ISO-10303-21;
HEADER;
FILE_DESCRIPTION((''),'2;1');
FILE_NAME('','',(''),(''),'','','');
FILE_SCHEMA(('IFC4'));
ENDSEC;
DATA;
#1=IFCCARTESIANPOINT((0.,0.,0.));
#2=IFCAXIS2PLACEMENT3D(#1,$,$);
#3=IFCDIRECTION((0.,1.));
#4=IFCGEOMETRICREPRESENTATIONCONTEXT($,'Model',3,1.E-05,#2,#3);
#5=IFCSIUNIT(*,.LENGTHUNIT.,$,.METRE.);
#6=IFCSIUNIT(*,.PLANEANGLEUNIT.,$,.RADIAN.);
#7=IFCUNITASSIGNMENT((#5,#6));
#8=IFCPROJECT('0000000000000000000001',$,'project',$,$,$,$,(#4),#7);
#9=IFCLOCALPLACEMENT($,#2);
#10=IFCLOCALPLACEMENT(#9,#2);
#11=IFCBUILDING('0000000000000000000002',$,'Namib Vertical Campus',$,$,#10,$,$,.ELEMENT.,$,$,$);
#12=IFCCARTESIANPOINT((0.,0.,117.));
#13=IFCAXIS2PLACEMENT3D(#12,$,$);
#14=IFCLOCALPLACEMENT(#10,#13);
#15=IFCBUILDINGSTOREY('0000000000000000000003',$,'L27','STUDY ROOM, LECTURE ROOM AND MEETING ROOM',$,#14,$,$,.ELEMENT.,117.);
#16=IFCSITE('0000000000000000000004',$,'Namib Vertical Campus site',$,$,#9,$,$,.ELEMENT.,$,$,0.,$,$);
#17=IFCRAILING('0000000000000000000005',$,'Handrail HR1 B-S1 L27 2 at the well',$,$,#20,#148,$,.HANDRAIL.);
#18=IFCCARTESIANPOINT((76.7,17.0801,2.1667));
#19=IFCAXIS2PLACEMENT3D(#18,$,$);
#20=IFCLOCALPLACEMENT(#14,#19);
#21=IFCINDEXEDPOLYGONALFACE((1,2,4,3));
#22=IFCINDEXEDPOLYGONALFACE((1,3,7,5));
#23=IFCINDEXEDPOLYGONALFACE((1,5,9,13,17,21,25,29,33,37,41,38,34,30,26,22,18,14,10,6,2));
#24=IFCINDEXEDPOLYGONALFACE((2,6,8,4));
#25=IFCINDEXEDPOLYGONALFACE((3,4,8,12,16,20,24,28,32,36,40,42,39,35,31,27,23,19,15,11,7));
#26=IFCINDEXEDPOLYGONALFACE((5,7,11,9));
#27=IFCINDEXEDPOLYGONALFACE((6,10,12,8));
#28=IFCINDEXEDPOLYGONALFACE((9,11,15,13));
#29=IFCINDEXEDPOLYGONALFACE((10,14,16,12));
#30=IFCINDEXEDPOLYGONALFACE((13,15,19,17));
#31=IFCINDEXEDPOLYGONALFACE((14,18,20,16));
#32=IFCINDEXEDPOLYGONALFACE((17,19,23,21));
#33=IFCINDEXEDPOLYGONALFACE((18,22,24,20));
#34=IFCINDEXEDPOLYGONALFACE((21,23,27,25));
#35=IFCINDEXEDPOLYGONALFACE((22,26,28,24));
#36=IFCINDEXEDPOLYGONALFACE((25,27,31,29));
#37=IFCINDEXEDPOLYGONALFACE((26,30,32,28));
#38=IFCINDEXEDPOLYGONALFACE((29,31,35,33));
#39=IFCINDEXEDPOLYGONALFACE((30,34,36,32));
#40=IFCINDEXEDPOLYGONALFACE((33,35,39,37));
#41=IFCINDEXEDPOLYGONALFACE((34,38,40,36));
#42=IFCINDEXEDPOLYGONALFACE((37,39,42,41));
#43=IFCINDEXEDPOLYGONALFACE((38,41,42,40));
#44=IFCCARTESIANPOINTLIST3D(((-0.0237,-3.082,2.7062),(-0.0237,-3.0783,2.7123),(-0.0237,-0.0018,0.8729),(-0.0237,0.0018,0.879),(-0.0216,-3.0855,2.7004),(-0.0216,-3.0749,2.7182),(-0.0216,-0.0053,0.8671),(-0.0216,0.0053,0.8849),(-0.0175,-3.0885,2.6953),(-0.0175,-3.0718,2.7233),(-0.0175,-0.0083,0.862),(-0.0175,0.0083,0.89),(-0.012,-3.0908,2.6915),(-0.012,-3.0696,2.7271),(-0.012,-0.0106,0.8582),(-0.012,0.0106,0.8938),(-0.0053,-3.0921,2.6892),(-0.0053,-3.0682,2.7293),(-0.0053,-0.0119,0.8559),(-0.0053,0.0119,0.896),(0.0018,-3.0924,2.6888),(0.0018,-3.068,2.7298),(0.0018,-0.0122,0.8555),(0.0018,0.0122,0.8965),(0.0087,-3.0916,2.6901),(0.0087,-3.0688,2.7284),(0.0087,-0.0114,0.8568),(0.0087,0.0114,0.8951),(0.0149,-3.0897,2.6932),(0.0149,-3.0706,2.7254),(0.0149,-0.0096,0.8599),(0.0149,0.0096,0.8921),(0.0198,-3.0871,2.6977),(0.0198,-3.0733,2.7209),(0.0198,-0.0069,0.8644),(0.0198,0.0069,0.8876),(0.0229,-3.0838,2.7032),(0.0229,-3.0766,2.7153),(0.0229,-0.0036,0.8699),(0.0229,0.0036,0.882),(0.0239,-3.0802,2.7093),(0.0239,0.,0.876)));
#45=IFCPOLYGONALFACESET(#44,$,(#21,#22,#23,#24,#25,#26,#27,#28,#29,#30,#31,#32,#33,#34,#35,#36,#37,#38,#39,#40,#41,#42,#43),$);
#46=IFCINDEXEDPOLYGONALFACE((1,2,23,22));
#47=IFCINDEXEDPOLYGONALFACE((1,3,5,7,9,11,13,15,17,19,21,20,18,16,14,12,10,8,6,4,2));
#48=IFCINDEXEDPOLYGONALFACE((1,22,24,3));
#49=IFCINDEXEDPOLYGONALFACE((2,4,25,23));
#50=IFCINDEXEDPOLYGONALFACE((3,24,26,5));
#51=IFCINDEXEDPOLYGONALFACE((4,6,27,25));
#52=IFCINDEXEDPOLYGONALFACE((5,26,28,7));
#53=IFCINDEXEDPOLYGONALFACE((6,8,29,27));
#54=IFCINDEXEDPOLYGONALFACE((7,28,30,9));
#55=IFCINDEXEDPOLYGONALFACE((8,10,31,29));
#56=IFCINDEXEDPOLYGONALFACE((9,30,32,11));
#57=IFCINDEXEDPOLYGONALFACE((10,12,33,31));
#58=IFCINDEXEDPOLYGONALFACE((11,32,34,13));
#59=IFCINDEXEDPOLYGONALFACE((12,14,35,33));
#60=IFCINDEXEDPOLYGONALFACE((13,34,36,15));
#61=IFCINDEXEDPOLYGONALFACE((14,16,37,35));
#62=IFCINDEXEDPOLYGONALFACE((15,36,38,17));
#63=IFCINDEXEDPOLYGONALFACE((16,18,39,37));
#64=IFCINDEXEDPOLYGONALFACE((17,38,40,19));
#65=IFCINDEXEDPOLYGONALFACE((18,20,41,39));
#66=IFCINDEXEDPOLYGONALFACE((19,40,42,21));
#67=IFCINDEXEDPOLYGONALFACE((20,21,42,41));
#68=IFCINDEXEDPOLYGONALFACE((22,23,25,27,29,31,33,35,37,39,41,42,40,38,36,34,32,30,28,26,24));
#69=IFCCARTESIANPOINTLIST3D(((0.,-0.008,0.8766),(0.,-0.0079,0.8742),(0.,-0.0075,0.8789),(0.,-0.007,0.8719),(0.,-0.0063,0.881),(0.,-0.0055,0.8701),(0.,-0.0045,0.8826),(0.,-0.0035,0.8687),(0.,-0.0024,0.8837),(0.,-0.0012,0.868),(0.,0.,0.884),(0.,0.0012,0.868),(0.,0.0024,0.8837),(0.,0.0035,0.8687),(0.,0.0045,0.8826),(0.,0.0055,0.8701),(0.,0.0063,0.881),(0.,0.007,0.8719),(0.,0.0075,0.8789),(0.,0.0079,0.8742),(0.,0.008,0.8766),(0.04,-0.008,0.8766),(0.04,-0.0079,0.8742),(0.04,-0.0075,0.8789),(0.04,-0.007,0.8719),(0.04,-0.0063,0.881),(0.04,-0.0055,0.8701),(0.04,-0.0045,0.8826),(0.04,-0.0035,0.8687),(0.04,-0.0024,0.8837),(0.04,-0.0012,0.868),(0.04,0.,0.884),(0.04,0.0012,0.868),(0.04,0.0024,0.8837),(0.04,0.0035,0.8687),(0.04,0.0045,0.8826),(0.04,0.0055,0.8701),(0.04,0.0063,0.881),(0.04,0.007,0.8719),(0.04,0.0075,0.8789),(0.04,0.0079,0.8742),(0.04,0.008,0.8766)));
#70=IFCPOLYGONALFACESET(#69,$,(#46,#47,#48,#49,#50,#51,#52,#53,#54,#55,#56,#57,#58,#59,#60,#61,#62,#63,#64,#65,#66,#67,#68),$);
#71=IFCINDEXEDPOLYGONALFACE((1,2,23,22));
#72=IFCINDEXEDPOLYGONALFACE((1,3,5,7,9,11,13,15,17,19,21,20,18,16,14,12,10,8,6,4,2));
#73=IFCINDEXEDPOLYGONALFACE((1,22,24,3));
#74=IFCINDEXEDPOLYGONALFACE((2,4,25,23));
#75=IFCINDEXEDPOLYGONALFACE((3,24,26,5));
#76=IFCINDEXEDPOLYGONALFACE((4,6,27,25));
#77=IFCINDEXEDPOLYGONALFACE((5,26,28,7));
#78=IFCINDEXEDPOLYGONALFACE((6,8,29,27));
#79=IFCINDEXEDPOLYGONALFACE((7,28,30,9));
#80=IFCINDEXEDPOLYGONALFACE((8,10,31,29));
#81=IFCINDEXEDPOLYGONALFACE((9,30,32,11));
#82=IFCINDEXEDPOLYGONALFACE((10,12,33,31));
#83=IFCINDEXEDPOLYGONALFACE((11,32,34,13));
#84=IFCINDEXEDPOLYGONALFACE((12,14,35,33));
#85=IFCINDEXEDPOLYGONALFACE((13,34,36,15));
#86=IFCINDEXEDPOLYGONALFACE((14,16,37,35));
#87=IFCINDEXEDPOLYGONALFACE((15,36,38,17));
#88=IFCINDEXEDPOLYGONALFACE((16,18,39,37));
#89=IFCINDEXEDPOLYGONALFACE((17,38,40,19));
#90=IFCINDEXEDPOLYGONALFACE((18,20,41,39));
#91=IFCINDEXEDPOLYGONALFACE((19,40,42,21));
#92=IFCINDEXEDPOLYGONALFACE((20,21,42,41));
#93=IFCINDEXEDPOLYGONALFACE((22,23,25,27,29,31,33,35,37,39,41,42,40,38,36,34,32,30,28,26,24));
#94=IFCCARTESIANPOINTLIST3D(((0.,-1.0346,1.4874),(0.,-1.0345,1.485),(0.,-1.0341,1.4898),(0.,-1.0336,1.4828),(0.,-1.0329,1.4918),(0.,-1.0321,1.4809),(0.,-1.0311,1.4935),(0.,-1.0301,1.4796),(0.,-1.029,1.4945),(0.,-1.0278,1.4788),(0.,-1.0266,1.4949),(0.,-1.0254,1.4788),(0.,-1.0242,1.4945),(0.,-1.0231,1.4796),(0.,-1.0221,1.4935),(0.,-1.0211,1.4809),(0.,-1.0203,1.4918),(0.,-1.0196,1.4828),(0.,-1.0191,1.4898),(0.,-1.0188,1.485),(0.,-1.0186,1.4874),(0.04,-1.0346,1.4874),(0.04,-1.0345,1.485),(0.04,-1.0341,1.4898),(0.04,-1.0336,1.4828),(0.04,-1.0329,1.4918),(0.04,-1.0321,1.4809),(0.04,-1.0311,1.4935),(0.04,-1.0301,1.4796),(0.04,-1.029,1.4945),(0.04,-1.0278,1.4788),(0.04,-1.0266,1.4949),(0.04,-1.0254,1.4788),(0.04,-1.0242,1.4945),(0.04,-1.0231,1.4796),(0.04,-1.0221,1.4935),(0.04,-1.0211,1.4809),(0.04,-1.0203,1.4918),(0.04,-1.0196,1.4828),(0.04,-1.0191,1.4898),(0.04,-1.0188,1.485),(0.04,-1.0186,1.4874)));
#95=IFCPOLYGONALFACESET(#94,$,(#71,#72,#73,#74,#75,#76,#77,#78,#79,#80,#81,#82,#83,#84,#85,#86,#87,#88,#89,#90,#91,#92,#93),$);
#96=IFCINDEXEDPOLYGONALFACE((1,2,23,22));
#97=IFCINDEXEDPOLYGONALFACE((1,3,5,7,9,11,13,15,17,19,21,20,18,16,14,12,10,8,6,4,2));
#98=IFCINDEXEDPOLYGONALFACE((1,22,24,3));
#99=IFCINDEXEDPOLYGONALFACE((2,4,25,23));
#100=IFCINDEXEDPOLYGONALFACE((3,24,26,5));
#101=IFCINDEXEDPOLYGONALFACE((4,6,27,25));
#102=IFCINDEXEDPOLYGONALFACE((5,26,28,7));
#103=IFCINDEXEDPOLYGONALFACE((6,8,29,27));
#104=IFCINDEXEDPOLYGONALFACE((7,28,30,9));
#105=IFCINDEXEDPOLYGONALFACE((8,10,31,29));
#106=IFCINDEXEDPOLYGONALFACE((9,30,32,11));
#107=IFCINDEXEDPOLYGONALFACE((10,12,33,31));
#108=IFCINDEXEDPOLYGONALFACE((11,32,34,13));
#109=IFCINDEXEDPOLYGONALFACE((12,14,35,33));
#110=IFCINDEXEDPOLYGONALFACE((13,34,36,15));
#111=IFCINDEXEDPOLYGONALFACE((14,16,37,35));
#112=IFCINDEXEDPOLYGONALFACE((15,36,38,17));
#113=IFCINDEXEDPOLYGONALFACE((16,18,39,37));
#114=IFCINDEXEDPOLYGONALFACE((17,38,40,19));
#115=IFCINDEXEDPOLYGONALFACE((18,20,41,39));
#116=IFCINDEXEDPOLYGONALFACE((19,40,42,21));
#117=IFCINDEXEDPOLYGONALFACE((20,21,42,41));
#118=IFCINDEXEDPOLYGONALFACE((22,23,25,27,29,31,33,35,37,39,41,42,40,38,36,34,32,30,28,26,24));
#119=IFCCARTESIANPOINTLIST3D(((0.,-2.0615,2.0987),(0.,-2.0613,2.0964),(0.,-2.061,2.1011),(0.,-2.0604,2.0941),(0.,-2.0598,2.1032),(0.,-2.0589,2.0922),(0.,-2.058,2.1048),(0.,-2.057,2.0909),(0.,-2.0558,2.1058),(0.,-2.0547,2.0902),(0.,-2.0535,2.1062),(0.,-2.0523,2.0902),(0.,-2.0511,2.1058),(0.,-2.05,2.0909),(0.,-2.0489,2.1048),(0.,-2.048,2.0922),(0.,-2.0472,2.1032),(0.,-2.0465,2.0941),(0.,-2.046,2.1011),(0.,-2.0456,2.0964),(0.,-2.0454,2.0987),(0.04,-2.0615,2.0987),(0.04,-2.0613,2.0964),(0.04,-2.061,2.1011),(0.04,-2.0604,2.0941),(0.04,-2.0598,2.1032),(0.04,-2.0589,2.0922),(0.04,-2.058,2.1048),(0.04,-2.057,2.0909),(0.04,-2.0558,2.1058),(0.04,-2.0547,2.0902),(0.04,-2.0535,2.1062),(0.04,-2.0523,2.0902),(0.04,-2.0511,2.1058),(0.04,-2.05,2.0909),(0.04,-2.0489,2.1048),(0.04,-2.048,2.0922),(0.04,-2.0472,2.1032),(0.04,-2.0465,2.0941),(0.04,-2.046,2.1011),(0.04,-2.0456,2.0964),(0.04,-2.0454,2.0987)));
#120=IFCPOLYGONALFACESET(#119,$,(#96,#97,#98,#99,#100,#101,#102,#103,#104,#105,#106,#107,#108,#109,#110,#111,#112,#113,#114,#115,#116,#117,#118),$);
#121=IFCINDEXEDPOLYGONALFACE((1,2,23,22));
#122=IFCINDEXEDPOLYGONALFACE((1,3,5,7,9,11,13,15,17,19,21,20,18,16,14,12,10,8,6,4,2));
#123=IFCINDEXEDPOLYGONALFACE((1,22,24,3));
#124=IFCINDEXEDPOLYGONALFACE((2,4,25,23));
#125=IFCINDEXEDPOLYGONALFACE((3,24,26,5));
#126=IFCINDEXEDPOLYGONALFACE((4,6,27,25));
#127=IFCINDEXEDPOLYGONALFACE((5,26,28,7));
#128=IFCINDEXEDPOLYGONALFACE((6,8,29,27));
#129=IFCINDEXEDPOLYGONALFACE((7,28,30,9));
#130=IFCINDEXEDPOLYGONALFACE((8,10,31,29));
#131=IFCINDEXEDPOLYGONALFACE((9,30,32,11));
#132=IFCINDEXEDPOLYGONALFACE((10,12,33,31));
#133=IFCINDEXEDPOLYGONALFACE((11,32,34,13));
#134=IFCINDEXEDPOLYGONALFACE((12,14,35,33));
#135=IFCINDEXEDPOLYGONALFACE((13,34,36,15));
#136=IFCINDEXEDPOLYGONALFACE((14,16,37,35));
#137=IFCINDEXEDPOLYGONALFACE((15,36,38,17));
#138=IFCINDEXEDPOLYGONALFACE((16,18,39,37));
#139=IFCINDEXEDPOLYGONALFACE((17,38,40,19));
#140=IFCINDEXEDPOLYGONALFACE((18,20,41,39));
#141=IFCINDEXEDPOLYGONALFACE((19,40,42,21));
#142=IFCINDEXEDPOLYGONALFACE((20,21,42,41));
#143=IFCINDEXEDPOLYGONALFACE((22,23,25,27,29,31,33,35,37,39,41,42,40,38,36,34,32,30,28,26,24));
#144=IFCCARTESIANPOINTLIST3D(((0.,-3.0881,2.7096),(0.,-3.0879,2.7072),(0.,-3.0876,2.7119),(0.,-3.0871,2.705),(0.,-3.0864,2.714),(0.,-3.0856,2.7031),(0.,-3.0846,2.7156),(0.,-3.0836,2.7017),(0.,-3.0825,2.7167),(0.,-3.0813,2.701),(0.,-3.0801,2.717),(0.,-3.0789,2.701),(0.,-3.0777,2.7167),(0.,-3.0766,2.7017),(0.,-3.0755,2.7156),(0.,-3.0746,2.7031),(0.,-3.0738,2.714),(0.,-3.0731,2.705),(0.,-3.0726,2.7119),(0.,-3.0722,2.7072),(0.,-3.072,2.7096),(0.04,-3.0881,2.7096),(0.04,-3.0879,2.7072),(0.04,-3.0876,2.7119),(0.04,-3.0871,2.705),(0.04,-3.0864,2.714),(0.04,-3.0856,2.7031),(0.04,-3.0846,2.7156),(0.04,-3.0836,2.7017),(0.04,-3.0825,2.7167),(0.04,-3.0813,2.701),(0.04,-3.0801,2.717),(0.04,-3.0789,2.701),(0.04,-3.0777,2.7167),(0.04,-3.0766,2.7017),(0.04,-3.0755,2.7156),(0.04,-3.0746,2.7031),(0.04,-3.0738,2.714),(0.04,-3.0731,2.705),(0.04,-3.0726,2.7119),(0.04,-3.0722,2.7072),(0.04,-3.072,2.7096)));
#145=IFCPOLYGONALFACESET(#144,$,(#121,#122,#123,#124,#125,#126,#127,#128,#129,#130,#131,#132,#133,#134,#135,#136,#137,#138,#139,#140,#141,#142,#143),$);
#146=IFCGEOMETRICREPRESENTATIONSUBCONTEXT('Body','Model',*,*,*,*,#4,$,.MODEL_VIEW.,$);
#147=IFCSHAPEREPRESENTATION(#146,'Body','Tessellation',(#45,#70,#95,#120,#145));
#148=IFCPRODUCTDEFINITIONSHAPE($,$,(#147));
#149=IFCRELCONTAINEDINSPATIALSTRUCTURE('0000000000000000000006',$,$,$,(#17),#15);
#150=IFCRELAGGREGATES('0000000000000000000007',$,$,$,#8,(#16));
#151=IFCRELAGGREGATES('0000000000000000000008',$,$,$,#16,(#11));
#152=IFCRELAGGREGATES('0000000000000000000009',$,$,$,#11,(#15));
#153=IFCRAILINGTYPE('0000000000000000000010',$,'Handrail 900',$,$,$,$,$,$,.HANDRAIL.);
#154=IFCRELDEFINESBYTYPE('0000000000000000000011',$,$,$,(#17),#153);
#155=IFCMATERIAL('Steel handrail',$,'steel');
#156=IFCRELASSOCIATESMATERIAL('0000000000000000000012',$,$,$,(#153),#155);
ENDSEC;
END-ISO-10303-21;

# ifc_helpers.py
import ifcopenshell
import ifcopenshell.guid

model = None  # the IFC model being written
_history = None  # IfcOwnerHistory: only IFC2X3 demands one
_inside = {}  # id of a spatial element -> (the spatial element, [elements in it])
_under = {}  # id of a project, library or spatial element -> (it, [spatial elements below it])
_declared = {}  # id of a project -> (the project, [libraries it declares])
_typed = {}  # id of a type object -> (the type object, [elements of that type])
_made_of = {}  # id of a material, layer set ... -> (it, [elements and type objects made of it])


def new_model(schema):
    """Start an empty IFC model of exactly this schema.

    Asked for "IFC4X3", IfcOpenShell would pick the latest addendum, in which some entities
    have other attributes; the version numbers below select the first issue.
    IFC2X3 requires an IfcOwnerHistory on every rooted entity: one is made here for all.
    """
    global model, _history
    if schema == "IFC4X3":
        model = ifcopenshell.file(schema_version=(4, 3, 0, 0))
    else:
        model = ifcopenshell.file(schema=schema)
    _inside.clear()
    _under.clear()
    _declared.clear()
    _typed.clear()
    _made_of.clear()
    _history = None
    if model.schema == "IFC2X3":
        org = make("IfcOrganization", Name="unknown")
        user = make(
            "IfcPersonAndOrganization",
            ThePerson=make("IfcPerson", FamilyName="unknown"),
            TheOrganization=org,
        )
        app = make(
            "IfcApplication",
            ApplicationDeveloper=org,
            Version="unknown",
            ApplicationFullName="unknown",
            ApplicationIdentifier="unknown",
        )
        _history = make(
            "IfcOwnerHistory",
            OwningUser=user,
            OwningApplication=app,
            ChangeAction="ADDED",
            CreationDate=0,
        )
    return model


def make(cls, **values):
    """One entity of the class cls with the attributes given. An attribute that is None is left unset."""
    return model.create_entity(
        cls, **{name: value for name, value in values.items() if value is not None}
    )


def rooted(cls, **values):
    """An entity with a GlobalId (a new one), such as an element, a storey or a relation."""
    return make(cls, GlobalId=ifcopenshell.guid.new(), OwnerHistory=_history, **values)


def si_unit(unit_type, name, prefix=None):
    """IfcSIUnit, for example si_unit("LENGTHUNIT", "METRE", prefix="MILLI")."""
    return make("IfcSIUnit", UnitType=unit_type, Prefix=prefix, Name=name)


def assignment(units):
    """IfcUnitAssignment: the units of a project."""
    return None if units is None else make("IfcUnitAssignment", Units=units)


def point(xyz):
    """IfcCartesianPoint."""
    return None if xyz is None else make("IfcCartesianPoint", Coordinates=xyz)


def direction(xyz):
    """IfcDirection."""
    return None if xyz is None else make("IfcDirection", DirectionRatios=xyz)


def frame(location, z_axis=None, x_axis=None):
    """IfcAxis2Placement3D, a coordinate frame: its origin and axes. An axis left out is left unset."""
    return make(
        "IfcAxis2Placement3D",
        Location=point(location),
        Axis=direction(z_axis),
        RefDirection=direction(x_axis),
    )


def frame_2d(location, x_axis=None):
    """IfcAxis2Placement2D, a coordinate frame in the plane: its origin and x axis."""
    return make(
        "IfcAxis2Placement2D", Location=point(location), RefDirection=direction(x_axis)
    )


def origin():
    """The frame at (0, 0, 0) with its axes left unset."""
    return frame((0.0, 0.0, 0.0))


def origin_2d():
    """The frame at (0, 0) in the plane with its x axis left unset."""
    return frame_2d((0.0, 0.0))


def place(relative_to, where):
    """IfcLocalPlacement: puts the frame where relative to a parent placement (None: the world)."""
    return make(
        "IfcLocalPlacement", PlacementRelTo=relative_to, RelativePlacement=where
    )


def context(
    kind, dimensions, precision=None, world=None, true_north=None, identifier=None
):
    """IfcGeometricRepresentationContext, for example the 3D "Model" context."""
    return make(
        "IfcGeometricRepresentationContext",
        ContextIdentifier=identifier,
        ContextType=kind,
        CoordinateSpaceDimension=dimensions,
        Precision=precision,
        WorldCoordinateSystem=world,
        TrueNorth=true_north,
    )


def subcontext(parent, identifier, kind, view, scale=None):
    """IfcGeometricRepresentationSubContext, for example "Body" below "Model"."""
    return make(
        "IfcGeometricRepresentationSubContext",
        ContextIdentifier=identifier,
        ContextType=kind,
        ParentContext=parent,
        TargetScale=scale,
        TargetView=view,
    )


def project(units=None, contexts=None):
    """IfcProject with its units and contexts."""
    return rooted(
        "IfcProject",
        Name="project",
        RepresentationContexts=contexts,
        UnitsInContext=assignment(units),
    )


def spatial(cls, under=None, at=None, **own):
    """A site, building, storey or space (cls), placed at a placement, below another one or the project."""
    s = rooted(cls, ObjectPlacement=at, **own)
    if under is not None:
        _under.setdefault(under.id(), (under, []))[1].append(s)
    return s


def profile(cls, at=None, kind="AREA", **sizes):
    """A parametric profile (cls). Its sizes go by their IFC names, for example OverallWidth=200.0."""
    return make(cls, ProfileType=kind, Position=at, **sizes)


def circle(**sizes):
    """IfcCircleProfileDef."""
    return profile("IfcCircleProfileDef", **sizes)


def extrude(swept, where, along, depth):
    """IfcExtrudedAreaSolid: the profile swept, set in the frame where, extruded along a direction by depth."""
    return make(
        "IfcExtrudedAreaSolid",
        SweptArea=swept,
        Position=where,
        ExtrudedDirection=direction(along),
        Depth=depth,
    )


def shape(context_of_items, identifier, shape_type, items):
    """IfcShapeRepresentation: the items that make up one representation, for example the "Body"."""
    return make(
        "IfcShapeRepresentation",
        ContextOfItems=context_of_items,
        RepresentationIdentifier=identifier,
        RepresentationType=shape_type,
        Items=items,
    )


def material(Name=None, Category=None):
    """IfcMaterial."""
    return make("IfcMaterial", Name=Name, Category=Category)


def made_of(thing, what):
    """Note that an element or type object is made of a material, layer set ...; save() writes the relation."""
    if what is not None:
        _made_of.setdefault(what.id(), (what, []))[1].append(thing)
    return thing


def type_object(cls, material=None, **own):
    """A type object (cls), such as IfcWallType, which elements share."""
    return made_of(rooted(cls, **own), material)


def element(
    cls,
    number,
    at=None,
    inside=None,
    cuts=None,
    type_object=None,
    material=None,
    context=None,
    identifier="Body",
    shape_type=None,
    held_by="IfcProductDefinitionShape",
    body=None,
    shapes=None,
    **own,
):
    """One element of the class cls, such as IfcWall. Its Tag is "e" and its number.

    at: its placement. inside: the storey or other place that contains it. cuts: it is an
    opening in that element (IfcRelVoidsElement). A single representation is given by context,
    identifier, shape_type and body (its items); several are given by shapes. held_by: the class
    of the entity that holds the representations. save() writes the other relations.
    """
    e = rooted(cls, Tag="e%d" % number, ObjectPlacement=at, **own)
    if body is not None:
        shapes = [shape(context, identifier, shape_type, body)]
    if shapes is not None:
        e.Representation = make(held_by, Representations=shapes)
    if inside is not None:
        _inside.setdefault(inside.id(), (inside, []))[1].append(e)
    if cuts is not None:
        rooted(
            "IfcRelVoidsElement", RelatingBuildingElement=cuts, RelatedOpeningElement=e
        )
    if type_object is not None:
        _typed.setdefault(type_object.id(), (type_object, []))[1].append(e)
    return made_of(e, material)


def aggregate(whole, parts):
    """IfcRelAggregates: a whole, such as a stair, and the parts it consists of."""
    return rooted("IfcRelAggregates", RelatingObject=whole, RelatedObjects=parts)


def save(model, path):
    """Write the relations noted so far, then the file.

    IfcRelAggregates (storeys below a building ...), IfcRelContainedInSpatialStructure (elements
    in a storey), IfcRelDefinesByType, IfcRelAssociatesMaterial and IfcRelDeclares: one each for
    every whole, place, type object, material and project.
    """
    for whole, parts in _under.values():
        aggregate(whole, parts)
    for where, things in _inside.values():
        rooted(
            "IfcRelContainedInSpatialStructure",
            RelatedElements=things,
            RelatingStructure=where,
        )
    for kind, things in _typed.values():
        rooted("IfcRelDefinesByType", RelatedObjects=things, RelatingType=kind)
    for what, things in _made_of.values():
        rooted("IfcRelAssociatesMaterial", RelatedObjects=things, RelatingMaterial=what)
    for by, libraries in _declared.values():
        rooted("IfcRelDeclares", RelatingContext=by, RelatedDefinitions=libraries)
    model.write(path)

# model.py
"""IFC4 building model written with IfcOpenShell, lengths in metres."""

from ifc_helpers import new_model, si_unit, direction, frame, origin, origin_2d, place, context, subcontext, project, spatial, circle, extrude, material, type_object, element, save


model = new_model("IFC4")

# Units and contexts
model_context = context("Model", 3, precision=1e-05, world=origin(), true_north=direction((0.0, 1.0)))
body_context = subcontext(model_context, "Body", "Model", "MODEL_VIEW")
ifc_project = project(units=[si_unit("LENGTHUNIT", "METRE"), si_unit("PLANEANGLEUNIT", "RADIAN")], contexts=[model_context])

# Site, building, storey
site_placement = place(None, origin())
site = spatial("IfcSite", under=ifc_project, at=site_placement, Name="Namib Vertical Campus site", CompositionType="ELEMENT", RefElevation=0.0)
building_placement = place(site_placement, origin())
building = spatial("IfcBuilding", under=site, at=building_placement, Name="Namib Vertical Campus", CompositionType="ELEMENT")
storey_placement = place(building_placement, frame((0.0, 0.0, 117.0)))
storey = spatial("IfcBuildingStorey", under=building, at=storey_placement, Name="L27", Description="STUDY ROOM, LECTURE ROOM AND MEETING ROOM", CompositionType="ELEMENT", Elevation=117.0)

# Railing
ifc_material_1 = material(Name="Steel handrail", Category="steel")
railing_type_1 = type_object("IfcRailingType", Name="Handrail 900", PredefinedType="HANDRAIL", material=ifc_material_1)
railing_1_placement = place(storey_placement, frame((76.7, 17.0801, 2.1667)))
element("IfcRailing", 1, at=railing_1_placement, inside=storey, type_object=railing_type_1, Name="Handrail HR1 B-S1 L27 2 at the well", PredefinedType="HANDRAIL", context=body_context, shape_type="SweptSolid", body=[
    extrude(circle(Radius=0.0239, at=origin_2d()), frame((0.0, 0.0, 0.876), z_axis=(0.0, -0.859309, 0.511458), x_axis=(1.0, 0.0, 0.0)), (0.0, 0.0, 1.0), 3.5845),
    extrude(circle(Radius=0.0081, at=origin_2d()), frame((0.0, 0.0, 0.876), z_axis=(1.0, 0.0, 0.0), x_axis=(0.0, 0.0, 1.0)), (0.0, 0.0, 1.0), 0.04),
    extrude(circle(Radius=0.0081, at=origin_2d()), frame((0.0, -1.0266, 1.4868), z_axis=(1.0, 0.0, 0.0), x_axis=(0.0, 0.0, 1.0)), (0.0, 0.0, 1.0), 0.04),
    extrude(circle(Radius=0.0081, at=origin_2d()), frame((0.0, -2.0535, 2.0981), z_axis=(1.0, 0.0, 0.0), x_axis=(0.0, 0.0, 1.0)), (0.0, 0.0, 1.0), 0.04),
    extrude(circle(Radius=0.0081, at=origin_2d()), frame((0.0, -3.0801, 2.709), z_axis=(1.0, 0.0, 0.0), x_axis=(0.0, 0.0, 1.0)), (0.0, 0.0, 1.0), 0.04),
])

save(model, "model.ifc")
